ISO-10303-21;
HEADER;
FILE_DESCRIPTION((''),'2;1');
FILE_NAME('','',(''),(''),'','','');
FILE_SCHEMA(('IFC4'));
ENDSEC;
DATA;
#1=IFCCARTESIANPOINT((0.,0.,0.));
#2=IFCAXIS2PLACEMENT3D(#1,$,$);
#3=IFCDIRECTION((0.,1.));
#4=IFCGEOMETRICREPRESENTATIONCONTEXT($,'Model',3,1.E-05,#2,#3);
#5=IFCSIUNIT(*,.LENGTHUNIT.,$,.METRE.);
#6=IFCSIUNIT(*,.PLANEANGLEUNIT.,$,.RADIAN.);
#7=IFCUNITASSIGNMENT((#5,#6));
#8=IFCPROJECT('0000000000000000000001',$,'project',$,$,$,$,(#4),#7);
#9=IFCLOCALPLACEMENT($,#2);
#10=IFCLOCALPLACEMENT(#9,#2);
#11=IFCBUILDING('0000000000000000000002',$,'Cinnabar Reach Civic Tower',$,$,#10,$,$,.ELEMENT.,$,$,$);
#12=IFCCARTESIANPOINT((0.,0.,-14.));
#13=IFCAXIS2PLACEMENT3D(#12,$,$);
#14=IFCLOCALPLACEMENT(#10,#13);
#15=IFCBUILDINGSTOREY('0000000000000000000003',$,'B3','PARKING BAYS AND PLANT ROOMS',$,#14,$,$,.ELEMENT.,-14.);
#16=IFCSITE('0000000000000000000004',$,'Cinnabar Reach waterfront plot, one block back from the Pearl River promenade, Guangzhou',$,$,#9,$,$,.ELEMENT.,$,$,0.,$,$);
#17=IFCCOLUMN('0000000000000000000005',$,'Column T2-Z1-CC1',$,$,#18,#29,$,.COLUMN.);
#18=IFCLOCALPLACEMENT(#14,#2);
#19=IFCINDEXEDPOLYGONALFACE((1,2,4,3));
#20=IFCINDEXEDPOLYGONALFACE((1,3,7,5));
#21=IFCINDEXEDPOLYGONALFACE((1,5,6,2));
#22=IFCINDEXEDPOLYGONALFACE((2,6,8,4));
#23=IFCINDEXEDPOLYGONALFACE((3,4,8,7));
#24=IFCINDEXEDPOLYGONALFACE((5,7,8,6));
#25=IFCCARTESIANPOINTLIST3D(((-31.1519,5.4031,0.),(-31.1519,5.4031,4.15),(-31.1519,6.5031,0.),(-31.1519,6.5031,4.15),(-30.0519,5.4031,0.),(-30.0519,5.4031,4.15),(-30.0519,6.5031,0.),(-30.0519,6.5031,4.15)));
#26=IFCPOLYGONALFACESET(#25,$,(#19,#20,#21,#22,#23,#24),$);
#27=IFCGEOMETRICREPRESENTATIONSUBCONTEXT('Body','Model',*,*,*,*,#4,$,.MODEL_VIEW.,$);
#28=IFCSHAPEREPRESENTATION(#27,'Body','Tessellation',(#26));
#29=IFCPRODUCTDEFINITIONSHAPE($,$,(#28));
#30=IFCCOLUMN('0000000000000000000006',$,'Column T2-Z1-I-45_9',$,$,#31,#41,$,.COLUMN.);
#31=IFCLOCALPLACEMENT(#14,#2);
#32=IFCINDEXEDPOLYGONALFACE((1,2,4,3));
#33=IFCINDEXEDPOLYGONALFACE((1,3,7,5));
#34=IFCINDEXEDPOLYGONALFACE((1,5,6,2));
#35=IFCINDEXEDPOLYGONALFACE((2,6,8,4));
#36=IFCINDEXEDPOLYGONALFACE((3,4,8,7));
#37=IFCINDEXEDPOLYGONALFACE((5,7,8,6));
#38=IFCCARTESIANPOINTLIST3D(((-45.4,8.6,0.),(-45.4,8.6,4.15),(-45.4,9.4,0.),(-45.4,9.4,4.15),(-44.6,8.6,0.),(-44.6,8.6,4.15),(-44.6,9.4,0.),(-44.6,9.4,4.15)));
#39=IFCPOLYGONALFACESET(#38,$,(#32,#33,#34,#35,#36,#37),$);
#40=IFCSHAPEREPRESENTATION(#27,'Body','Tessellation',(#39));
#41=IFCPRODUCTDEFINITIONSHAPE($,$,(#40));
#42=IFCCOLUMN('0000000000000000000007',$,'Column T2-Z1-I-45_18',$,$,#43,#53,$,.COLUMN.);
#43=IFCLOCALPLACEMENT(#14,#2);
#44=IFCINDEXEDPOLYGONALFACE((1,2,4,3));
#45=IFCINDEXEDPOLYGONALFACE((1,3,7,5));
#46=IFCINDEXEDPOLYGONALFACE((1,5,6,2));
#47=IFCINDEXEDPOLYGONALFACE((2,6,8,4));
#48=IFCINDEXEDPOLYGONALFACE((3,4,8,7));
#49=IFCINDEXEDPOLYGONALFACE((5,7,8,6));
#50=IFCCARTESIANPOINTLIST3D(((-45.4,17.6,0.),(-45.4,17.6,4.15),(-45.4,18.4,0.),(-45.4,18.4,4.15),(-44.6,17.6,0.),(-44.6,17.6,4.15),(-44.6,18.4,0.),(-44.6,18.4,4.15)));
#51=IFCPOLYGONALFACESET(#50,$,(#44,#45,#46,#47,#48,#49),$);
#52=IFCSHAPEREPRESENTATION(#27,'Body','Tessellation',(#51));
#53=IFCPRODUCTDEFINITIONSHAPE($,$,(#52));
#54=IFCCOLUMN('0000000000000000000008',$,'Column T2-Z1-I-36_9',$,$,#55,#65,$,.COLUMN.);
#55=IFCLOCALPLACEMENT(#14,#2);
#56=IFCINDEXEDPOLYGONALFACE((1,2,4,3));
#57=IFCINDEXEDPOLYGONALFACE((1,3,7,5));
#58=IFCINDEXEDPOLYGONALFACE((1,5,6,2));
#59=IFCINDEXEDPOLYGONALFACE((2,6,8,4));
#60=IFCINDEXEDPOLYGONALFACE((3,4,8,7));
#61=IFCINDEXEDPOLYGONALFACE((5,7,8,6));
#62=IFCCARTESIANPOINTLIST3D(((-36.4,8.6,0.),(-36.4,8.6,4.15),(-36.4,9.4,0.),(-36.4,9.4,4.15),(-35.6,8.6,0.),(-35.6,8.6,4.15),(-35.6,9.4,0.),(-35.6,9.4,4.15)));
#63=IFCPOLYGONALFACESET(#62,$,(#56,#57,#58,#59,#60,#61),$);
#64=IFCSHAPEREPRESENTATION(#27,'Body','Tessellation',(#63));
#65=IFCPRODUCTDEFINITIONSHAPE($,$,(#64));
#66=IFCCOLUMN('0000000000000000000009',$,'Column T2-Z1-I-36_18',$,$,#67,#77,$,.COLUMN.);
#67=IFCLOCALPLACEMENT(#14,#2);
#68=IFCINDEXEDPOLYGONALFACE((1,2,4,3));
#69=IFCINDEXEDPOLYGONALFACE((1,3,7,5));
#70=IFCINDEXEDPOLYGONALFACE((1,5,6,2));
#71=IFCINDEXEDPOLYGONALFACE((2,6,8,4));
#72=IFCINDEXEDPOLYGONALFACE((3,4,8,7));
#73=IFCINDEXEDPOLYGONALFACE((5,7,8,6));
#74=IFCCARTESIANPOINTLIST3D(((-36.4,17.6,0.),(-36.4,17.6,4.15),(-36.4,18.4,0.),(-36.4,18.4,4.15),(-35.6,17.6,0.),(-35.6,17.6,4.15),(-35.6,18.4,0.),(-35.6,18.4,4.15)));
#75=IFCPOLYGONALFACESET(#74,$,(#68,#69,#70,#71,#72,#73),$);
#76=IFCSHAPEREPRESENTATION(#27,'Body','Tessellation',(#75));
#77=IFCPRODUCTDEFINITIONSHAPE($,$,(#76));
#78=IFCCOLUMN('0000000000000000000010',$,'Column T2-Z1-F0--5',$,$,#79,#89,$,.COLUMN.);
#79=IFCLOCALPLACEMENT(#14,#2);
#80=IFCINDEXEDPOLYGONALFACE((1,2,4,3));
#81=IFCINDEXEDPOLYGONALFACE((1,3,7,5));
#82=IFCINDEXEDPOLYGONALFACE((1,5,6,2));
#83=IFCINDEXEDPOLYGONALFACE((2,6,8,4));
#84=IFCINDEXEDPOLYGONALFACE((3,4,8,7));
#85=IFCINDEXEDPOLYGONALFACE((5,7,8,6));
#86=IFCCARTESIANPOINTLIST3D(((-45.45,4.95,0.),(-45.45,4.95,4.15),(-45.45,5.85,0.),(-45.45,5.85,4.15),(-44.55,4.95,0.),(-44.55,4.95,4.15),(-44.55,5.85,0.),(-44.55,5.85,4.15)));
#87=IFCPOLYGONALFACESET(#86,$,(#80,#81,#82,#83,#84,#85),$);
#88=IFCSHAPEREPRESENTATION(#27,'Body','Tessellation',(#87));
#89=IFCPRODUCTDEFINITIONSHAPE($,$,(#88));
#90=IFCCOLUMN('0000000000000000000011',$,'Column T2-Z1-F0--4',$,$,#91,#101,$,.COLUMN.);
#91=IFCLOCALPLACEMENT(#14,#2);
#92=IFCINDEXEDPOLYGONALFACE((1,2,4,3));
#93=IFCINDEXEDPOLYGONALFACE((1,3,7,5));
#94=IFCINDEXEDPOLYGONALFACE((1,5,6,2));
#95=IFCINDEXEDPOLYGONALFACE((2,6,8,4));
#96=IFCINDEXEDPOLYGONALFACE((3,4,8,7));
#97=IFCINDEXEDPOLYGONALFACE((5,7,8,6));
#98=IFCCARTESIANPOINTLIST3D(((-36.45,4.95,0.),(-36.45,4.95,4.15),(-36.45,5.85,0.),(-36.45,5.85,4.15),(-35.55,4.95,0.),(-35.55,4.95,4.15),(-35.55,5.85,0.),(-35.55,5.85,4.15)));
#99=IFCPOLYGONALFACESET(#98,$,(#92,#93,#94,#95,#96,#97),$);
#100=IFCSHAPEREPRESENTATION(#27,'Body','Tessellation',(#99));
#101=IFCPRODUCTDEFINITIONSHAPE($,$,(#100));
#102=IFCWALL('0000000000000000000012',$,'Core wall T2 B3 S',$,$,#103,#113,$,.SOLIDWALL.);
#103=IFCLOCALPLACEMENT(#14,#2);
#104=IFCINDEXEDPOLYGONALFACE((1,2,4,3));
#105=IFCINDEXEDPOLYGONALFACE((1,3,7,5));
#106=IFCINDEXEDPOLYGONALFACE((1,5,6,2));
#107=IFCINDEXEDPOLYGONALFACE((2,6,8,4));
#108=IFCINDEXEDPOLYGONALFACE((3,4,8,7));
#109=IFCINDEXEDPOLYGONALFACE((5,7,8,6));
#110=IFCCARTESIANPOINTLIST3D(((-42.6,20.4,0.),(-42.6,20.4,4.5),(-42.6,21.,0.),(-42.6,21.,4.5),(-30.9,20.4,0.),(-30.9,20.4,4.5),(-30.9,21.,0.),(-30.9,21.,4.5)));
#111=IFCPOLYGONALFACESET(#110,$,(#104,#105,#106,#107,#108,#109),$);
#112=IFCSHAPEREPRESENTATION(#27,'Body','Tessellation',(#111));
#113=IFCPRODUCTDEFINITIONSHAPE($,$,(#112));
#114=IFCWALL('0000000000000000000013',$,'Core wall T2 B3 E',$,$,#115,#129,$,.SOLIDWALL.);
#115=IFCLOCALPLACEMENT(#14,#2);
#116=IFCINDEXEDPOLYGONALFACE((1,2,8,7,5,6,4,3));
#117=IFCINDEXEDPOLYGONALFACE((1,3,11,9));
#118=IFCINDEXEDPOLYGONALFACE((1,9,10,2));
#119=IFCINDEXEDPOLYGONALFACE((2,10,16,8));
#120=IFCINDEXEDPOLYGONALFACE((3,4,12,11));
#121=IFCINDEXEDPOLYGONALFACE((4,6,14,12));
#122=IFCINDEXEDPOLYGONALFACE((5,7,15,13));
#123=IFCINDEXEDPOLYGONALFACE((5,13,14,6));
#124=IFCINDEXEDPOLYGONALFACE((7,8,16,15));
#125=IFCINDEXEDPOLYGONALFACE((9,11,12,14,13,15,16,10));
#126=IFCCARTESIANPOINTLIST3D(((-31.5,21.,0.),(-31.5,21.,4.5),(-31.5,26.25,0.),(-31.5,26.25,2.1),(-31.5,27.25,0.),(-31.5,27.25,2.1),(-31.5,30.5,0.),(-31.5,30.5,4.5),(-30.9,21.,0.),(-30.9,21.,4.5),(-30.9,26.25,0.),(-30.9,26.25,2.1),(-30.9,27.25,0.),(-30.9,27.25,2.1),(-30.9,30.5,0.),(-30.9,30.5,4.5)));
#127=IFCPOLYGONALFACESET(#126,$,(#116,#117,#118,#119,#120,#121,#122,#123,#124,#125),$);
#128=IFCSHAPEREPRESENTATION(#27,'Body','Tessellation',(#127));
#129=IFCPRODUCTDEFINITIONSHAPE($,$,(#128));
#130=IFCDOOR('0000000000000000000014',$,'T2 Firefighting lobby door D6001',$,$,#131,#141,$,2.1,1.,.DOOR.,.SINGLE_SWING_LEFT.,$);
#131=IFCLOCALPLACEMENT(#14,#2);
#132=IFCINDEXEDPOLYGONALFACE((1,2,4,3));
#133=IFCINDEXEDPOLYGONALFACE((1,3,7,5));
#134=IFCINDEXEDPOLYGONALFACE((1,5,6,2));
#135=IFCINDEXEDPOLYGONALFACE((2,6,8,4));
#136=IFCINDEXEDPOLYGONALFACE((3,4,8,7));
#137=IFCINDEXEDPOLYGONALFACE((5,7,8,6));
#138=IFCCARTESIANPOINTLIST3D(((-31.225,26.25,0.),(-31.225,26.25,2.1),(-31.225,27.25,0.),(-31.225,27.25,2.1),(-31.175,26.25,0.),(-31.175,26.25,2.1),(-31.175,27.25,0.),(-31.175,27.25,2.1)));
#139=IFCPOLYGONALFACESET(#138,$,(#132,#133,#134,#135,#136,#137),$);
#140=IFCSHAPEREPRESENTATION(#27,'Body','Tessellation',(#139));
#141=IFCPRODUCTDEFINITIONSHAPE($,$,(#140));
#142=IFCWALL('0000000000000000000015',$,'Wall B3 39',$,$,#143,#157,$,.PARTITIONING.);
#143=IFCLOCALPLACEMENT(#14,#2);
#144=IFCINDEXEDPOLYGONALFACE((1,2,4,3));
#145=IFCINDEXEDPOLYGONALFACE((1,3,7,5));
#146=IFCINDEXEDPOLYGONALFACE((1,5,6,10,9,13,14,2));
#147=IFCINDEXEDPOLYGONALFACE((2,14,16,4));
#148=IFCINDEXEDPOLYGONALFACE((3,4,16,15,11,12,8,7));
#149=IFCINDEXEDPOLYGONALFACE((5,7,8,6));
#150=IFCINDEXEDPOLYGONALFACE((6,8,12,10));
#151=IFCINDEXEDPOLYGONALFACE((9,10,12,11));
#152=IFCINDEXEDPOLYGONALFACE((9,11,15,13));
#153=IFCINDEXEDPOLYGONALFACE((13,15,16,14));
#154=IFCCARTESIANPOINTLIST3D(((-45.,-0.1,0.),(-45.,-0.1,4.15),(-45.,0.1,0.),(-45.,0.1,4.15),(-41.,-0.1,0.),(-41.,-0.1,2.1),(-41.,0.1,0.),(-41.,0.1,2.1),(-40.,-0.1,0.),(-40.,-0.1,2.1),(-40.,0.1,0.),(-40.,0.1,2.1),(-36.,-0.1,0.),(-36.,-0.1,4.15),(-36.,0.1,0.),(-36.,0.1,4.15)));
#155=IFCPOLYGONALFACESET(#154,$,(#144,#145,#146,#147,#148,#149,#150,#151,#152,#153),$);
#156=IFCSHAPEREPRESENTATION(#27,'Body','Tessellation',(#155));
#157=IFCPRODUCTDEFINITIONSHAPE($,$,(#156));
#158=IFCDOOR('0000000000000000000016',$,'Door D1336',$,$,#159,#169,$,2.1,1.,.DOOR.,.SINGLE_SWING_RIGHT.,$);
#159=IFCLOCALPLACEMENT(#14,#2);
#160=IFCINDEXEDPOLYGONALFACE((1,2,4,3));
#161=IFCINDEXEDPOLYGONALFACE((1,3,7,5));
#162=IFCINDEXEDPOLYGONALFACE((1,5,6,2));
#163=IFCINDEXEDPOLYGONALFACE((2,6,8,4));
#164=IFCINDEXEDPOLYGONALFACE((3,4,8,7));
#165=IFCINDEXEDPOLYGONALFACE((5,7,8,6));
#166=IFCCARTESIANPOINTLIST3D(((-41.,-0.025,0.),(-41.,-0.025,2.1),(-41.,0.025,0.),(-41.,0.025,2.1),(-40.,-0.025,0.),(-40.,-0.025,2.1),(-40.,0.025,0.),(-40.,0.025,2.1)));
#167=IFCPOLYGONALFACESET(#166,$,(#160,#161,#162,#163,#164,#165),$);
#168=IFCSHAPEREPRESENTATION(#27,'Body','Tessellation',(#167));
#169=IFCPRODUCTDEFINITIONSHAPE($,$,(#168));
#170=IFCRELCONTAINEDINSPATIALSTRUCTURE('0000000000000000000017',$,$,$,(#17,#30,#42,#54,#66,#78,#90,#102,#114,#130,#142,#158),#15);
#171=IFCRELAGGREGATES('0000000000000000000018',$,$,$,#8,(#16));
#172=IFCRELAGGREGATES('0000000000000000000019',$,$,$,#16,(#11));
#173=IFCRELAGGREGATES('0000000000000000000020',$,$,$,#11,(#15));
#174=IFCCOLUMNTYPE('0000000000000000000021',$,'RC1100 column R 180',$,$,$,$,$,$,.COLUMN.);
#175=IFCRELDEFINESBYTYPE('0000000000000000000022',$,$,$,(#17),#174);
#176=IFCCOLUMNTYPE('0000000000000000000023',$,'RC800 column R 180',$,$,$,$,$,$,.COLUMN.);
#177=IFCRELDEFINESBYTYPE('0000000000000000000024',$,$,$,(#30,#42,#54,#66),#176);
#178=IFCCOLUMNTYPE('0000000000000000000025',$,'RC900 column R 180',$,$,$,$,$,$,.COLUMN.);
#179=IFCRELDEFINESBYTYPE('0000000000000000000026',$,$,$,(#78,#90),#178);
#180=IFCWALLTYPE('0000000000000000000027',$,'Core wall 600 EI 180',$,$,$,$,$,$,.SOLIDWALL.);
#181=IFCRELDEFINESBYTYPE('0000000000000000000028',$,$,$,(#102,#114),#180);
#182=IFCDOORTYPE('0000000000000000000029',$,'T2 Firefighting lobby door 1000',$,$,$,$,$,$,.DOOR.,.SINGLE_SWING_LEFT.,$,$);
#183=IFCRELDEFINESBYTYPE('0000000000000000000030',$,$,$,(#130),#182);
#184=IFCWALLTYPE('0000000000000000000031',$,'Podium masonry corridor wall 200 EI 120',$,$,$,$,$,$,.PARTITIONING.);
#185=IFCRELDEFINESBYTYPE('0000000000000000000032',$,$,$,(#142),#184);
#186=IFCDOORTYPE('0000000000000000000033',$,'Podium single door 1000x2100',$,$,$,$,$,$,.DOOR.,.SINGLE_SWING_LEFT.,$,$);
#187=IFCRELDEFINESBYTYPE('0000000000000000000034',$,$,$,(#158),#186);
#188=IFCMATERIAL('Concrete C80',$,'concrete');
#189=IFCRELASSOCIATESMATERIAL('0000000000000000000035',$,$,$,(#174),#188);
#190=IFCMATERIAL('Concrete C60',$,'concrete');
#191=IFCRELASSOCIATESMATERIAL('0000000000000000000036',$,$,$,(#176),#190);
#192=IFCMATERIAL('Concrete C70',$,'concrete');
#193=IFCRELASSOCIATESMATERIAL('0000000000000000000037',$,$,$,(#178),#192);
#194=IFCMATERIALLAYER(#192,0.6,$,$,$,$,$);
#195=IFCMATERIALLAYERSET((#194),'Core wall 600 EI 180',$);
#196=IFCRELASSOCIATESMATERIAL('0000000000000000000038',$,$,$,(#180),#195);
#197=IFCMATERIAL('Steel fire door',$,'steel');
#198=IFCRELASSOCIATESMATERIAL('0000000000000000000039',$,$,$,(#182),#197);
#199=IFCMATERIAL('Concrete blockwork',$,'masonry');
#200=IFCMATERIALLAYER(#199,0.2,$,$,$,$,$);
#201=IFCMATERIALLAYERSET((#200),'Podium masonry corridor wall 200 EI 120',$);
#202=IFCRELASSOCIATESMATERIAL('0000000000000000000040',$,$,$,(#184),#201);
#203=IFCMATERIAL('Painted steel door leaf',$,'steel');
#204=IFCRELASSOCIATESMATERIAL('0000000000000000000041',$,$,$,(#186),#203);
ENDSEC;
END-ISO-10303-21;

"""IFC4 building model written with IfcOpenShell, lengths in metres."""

from ifc_helpers import new_model, si_unit, direction, frame, frame_2d, origin, origin_2d, place, context, subcontext, project, spatial, rectangle, extrude, material, layer, layer_set, material_profile, profile_set, type_object, element, fill, save


model = new_model("IFC4")

# Units and contexts
model_context = context("Model", 3, precision=1e-05, world=origin(), true_north=direction((0.0, 1.0)))
body_context = subcontext(model_context, "Body", "Model", "MODEL_VIEW")
ifc_project = project(units=[si_unit("LENGTHUNIT", "METRE"), si_unit("PLANEANGLEUNIT", "RADIAN")], contexts=[model_context])

# Site, building, storey
site_placement = place(None, origin())
site = spatial("IfcSite", under=ifc_project, at=site_placement, Name="Cinnabar Reach waterfront plot, one block back from the Pearl River promenade, Guangzhou", CompositionType="ELEMENT", RefElevation=0.0)
building_placement = place(site_placement, origin())
building = spatial("IfcBuilding", under=site, at=building_placement, Name="Cinnabar Reach Civic Tower", CompositionType="ELEMENT")
storey_placement = place(building_placement, frame((0.0, 0.0, -14.0)))
storey = spatial("IfcBuildingStorey", under=building, at=storey_placement, Name="B3", Description="PARKING BAYS AND PLANT ROOMS", CompositionType="ELEMENT", Elevation=-14.0)

# Columns
ifc_material_1 = material(Name="Concrete C80", Category="concrete")
ifc_material_profile_1 = material_profile(ifc_material_1, rectangle(XDim=1.1, YDim=1.1, at=origin_2d()), Name="RC1100")
ifc_profile_set_1 = profile_set([ifc_material_profile_1], Name="Concrete C80")
column_type_1 = type_object("IfcColumnType", Name="RC1100 column R 180", PredefinedType="COLUMN", material=ifc_profile_set_1)
column_placement = place(storey_placement, frame((-30.6019, 5.9531, 0.0), z_axis=(0.0, 0.0, 1.0), x_axis=(1.0, 0.0, 0.0)))
element("IfcColumn", 1, at=column_placement, inside=storey, type_object=column_type_1, Name="Column T2-Z1-CC1", PredefinedType="COLUMN", context=body_context, shape_type="SweptSolid", body=[
    extrude(rectangle(XDim=1.1, YDim=1.1, at=origin_2d()), origin(), (0.0, 0.0, 1.0), 4.15),
])
ifc_material_2 = material(Name="Concrete C60", Category="concrete")
ifc_material_profile_2 = material_profile(ifc_material_2, rectangle(XDim=0.8, YDim=0.8, at=origin_2d()), Name="RC800")
ifc_profile_set_2 = profile_set([ifc_material_profile_2], Name="Concrete C60")
column_type_2 = type_object("IfcColumnType", Name="RC800 column R 180", PredefinedType="COLUMN", material=ifc_profile_set_2)
for number, where, z_axis, x_axis, name in (
    (2, (-45.0, 9.0, 0.0), (0.0, 0.0, 1.0), (1.0, 0.0, 0.0), "Column T2-Z1-I-45_9"),
    (3, (-45.0, 18.0, 0.0), (0.0, 0.0, 1.0), (1.0, 0.0, 0.0), "Column T2-Z1-I-45_18"),
    (4, (-36.0, 9.0, 0.0), (0.0, 0.0, 1.0), (1.0, 0.0, 0.0), "Column T2-Z1-I-36_9"),
    (5, (-36.0, 18.0, 0.0), (0.0, 0.0, 1.0), (1.0, 0.0, 0.0), "Column T2-Z1-I-36_18"),
):
    element("IfcColumn", number, at=place(storey_placement, frame(where, z_axis=z_axis, x_axis=x_axis)), inside=storey, type_object=column_type_2, Name=name, PredefinedType="COLUMN", context=body_context, shape_type="SweptSolid", body=[
        extrude(rectangle(XDim=0.8, YDim=0.8, at=origin_2d()), origin(), (0.0, 0.0, 1.0), 4.15),
    ])
ifc_material_3 = material(Name="Concrete C70", Category="concrete")
ifc_material_profile_3 = material_profile(ifc_material_3, rectangle(XDim=0.9, YDim=0.9, at=origin_2d()), Name="RC900")
ifc_profile_set_3 = profile_set([ifc_material_profile_3], Name="Concrete C70")
column_type_3 = type_object("IfcColumnType", Name="RC900 column R 180", PredefinedType="COLUMN", material=ifc_profile_set_3)
for number, where, z_axis, x_axis, name in (
    (6, (-45.0, 5.4, 0.0), (0.0, 0.0, 1.0), (1.0, 0.0, 0.0), "Column T2-Z1-F0--5"),
    (7, (-36.0, 5.4, 0.0), (0.0, 0.0, 1.0), (1.0, 0.0, 0.0), "Column T2-Z1-F0--4"),
):
    element("IfcColumn", number, at=place(storey_placement, frame(where, z_axis=z_axis, x_axis=x_axis)), inside=storey, type_object=column_type_3, Name=name, PredefinedType="COLUMN", context=body_context, shape_type="SweptSolid", body=[
        extrude(rectangle(XDim=0.9, YDim=0.9, at=origin_2d()), origin(), (0.0, 0.0, 1.0), 4.15),
    ])

# Wall
ifc_layer_1 = layer(ifc_material_3, 0.6)
ifc_layer_set_1 = layer_set([ifc_layer_1], Name="Core wall 600 EI 180")
wall_type_1 = type_object("IfcWallType", Name="Core wall 600 EI 180", PredefinedType="SOLIDWALL", material=ifc_layer_set_1)
wall_1_placement = place(storey_placement, frame((-42.6, 20.7, 0.0), z_axis=(0.0, 0.0, 1.0), x_axis=(1.0, 0.0, 0.0)))
element("IfcWall", 8, at=wall_1_placement, inside=storey, type_object=wall_type_1, Name="Core wall T2 B3 S", PredefinedType="SOLIDWALL", context=body_context, shape_type="SweptSolid", body=[
    extrude(rectangle(XDim=11.7, YDim=0.6, at=frame_2d((5.85, 0.0))), origin(), (0.0, 0.0, 1.0), 4.5),
])

# Walls, openings, doors
wall_2_placement = place(storey_placement, frame((-31.2, 21.0, 0.0), z_axis=(0.0, 0.0, 1.0), x_axis=(0.0, 1.0, 0.0)))
wall_2 = element("IfcWall", 9, at=wall_2_placement, inside=storey, type_object=wall_type_1, Name="Core wall T2 B3 E", PredefinedType="SOLIDWALL", context=body_context, shape_type="SweptSolid", body=[
    extrude(rectangle(XDim=9.5, YDim=0.6, at=frame_2d((4.75, 0.0))), origin(), (0.0, 0.0, 1.0), 4.5),
])
opening_1_placement = place(wall_2_placement, frame((5.25, 0.0, 0.0)))
opening_1 = element("IfcOpeningElement", 10, at=opening_1_placement, cuts=wall_2, PredefinedType="OPENING", context=body_context, shape_type="SweptSolid", body=[
    extrude(rectangle(XDim=1.0, YDim=2.1, at=frame_2d((0.5, 1.05))), frame((0.0, 0.31, 0.0), z_axis=(0.0, -1.0, 0.0), x_axis=(1.0, 0.0, 0.0)), (0.0, 0.0, 1.0), 0.62),
])
ifc_material_4 = material(Name="Steel fire door", Category="steel")
door_type_1 = type_object("IfcDoorType", Name="T2 Firefighting lobby door 1000", OperationType="SINGLE_SWING_LEFT", PredefinedType="DOOR", material=ifc_material_4)
door_1_placement = place(opening_1_placement, frame((1.0, 0.0, 0.0), z_axis=(0.0, 0.0, 1.0), x_axis=(-1.0, 0.0, 0.0)))
door_1 = element("IfcDoor", 11, at=door_1_placement, inside=storey, type_object=door_type_1, Name="T2 Firefighting lobby door D6001", OperationType="SINGLE_SWING_LEFT", OverallHeight=2.1, OverallWidth=1.0, PredefinedType="DOOR", context=body_context, shape_type="SweptSolid", body=[
    extrude(rectangle(XDim=1.0, YDim=2.1, at=frame_2d((0.5, 1.05))), frame((0.0, 0.025, 0.0), z_axis=(0.0, -1.0, 0.0), x_axis=(1.0, 0.0, 0.0)), (0.0, 0.0, 1.0), 0.05),
])
fill(opening_1, door_1)
ifc_material_5 = material(Name="Concrete blockwork", Category="masonry")
ifc_layer_2 = layer(ifc_material_5, 0.2)
ifc_layer_set_2 = layer_set([ifc_layer_2], Name="Podium masonry corridor wall 200 EI 120")
wall_type_2 = type_object("IfcWallType", Name="Podium masonry corridor wall 200 EI 120", PredefinedType="PARTITIONING", material=ifc_layer_set_2)
wall_3_placement = place(storey_placement, frame((-45.0, 0.0, 0.0), z_axis=(0.0, 0.0, 1.0), x_axis=(1.0, 0.0, 0.0)))
wall_3 = element("IfcWall", 12, at=wall_3_placement, inside=storey, type_object=wall_type_2, Name="Wall B3 39", PredefinedType="PARTITIONING", context=body_context, shape_type="SweptSolid", body=[
    extrude(rectangle(XDim=9.0, YDim=0.2, at=frame_2d((4.5, 0.0))), origin(), (0.0, 0.0, 1.0), 4.15),
])
opening_2_placement = place(wall_3_placement, frame((4.0, 0.0, 0.0)))
opening_2 = element("IfcOpeningElement", 13, at=opening_2_placement, cuts=wall_3, PredefinedType="OPENING", context=body_context, shape_type="SweptSolid", body=[
    extrude(rectangle(XDim=1.0, YDim=2.1, at=frame_2d((0.5, 1.05))), frame((0.0, 0.11, 0.0), z_axis=(0.0, -1.0, 0.0), x_axis=(1.0, 0.0, 0.0)), (0.0, 0.0, 1.0), 0.22),
])
ifc_material_6 = material(Name="Painted steel door leaf", Category="steel")
door_type_2 = type_object("IfcDoorType", Name="Podium single door 1000x2100", OperationType="SINGLE_SWING_LEFT", PredefinedType="DOOR", material=ifc_material_6)
door_2_placement = place(opening_2_placement, frame((1.0, 0.0, 0.0), z_axis=(0.0, 0.0, 1.0), x_axis=(-1.0, 0.0, 0.0)))
door_2 = element("IfcDoor", 14, at=door_2_placement, inside=storey, type_object=door_type_2, Name="Door D1336", OperationType="SINGLE_SWING_RIGHT", OverallHeight=2.1, OverallWidth=1.0, PredefinedType="DOOR", context=body_context, shape_type="SweptSolid", body=[
    extrude(rectangle(XDim=1.0, YDim=2.1, at=frame_2d((0.5, 1.05))), frame((0.0, 0.025, 0.0), z_axis=(0.0, -1.0, 0.0), x_axis=(1.0, 0.0, 0.0)), (0.0, 0.0, 1.0), 0.05),
])
fill(opening_2, door_2)

save(model, "model.ifc")
